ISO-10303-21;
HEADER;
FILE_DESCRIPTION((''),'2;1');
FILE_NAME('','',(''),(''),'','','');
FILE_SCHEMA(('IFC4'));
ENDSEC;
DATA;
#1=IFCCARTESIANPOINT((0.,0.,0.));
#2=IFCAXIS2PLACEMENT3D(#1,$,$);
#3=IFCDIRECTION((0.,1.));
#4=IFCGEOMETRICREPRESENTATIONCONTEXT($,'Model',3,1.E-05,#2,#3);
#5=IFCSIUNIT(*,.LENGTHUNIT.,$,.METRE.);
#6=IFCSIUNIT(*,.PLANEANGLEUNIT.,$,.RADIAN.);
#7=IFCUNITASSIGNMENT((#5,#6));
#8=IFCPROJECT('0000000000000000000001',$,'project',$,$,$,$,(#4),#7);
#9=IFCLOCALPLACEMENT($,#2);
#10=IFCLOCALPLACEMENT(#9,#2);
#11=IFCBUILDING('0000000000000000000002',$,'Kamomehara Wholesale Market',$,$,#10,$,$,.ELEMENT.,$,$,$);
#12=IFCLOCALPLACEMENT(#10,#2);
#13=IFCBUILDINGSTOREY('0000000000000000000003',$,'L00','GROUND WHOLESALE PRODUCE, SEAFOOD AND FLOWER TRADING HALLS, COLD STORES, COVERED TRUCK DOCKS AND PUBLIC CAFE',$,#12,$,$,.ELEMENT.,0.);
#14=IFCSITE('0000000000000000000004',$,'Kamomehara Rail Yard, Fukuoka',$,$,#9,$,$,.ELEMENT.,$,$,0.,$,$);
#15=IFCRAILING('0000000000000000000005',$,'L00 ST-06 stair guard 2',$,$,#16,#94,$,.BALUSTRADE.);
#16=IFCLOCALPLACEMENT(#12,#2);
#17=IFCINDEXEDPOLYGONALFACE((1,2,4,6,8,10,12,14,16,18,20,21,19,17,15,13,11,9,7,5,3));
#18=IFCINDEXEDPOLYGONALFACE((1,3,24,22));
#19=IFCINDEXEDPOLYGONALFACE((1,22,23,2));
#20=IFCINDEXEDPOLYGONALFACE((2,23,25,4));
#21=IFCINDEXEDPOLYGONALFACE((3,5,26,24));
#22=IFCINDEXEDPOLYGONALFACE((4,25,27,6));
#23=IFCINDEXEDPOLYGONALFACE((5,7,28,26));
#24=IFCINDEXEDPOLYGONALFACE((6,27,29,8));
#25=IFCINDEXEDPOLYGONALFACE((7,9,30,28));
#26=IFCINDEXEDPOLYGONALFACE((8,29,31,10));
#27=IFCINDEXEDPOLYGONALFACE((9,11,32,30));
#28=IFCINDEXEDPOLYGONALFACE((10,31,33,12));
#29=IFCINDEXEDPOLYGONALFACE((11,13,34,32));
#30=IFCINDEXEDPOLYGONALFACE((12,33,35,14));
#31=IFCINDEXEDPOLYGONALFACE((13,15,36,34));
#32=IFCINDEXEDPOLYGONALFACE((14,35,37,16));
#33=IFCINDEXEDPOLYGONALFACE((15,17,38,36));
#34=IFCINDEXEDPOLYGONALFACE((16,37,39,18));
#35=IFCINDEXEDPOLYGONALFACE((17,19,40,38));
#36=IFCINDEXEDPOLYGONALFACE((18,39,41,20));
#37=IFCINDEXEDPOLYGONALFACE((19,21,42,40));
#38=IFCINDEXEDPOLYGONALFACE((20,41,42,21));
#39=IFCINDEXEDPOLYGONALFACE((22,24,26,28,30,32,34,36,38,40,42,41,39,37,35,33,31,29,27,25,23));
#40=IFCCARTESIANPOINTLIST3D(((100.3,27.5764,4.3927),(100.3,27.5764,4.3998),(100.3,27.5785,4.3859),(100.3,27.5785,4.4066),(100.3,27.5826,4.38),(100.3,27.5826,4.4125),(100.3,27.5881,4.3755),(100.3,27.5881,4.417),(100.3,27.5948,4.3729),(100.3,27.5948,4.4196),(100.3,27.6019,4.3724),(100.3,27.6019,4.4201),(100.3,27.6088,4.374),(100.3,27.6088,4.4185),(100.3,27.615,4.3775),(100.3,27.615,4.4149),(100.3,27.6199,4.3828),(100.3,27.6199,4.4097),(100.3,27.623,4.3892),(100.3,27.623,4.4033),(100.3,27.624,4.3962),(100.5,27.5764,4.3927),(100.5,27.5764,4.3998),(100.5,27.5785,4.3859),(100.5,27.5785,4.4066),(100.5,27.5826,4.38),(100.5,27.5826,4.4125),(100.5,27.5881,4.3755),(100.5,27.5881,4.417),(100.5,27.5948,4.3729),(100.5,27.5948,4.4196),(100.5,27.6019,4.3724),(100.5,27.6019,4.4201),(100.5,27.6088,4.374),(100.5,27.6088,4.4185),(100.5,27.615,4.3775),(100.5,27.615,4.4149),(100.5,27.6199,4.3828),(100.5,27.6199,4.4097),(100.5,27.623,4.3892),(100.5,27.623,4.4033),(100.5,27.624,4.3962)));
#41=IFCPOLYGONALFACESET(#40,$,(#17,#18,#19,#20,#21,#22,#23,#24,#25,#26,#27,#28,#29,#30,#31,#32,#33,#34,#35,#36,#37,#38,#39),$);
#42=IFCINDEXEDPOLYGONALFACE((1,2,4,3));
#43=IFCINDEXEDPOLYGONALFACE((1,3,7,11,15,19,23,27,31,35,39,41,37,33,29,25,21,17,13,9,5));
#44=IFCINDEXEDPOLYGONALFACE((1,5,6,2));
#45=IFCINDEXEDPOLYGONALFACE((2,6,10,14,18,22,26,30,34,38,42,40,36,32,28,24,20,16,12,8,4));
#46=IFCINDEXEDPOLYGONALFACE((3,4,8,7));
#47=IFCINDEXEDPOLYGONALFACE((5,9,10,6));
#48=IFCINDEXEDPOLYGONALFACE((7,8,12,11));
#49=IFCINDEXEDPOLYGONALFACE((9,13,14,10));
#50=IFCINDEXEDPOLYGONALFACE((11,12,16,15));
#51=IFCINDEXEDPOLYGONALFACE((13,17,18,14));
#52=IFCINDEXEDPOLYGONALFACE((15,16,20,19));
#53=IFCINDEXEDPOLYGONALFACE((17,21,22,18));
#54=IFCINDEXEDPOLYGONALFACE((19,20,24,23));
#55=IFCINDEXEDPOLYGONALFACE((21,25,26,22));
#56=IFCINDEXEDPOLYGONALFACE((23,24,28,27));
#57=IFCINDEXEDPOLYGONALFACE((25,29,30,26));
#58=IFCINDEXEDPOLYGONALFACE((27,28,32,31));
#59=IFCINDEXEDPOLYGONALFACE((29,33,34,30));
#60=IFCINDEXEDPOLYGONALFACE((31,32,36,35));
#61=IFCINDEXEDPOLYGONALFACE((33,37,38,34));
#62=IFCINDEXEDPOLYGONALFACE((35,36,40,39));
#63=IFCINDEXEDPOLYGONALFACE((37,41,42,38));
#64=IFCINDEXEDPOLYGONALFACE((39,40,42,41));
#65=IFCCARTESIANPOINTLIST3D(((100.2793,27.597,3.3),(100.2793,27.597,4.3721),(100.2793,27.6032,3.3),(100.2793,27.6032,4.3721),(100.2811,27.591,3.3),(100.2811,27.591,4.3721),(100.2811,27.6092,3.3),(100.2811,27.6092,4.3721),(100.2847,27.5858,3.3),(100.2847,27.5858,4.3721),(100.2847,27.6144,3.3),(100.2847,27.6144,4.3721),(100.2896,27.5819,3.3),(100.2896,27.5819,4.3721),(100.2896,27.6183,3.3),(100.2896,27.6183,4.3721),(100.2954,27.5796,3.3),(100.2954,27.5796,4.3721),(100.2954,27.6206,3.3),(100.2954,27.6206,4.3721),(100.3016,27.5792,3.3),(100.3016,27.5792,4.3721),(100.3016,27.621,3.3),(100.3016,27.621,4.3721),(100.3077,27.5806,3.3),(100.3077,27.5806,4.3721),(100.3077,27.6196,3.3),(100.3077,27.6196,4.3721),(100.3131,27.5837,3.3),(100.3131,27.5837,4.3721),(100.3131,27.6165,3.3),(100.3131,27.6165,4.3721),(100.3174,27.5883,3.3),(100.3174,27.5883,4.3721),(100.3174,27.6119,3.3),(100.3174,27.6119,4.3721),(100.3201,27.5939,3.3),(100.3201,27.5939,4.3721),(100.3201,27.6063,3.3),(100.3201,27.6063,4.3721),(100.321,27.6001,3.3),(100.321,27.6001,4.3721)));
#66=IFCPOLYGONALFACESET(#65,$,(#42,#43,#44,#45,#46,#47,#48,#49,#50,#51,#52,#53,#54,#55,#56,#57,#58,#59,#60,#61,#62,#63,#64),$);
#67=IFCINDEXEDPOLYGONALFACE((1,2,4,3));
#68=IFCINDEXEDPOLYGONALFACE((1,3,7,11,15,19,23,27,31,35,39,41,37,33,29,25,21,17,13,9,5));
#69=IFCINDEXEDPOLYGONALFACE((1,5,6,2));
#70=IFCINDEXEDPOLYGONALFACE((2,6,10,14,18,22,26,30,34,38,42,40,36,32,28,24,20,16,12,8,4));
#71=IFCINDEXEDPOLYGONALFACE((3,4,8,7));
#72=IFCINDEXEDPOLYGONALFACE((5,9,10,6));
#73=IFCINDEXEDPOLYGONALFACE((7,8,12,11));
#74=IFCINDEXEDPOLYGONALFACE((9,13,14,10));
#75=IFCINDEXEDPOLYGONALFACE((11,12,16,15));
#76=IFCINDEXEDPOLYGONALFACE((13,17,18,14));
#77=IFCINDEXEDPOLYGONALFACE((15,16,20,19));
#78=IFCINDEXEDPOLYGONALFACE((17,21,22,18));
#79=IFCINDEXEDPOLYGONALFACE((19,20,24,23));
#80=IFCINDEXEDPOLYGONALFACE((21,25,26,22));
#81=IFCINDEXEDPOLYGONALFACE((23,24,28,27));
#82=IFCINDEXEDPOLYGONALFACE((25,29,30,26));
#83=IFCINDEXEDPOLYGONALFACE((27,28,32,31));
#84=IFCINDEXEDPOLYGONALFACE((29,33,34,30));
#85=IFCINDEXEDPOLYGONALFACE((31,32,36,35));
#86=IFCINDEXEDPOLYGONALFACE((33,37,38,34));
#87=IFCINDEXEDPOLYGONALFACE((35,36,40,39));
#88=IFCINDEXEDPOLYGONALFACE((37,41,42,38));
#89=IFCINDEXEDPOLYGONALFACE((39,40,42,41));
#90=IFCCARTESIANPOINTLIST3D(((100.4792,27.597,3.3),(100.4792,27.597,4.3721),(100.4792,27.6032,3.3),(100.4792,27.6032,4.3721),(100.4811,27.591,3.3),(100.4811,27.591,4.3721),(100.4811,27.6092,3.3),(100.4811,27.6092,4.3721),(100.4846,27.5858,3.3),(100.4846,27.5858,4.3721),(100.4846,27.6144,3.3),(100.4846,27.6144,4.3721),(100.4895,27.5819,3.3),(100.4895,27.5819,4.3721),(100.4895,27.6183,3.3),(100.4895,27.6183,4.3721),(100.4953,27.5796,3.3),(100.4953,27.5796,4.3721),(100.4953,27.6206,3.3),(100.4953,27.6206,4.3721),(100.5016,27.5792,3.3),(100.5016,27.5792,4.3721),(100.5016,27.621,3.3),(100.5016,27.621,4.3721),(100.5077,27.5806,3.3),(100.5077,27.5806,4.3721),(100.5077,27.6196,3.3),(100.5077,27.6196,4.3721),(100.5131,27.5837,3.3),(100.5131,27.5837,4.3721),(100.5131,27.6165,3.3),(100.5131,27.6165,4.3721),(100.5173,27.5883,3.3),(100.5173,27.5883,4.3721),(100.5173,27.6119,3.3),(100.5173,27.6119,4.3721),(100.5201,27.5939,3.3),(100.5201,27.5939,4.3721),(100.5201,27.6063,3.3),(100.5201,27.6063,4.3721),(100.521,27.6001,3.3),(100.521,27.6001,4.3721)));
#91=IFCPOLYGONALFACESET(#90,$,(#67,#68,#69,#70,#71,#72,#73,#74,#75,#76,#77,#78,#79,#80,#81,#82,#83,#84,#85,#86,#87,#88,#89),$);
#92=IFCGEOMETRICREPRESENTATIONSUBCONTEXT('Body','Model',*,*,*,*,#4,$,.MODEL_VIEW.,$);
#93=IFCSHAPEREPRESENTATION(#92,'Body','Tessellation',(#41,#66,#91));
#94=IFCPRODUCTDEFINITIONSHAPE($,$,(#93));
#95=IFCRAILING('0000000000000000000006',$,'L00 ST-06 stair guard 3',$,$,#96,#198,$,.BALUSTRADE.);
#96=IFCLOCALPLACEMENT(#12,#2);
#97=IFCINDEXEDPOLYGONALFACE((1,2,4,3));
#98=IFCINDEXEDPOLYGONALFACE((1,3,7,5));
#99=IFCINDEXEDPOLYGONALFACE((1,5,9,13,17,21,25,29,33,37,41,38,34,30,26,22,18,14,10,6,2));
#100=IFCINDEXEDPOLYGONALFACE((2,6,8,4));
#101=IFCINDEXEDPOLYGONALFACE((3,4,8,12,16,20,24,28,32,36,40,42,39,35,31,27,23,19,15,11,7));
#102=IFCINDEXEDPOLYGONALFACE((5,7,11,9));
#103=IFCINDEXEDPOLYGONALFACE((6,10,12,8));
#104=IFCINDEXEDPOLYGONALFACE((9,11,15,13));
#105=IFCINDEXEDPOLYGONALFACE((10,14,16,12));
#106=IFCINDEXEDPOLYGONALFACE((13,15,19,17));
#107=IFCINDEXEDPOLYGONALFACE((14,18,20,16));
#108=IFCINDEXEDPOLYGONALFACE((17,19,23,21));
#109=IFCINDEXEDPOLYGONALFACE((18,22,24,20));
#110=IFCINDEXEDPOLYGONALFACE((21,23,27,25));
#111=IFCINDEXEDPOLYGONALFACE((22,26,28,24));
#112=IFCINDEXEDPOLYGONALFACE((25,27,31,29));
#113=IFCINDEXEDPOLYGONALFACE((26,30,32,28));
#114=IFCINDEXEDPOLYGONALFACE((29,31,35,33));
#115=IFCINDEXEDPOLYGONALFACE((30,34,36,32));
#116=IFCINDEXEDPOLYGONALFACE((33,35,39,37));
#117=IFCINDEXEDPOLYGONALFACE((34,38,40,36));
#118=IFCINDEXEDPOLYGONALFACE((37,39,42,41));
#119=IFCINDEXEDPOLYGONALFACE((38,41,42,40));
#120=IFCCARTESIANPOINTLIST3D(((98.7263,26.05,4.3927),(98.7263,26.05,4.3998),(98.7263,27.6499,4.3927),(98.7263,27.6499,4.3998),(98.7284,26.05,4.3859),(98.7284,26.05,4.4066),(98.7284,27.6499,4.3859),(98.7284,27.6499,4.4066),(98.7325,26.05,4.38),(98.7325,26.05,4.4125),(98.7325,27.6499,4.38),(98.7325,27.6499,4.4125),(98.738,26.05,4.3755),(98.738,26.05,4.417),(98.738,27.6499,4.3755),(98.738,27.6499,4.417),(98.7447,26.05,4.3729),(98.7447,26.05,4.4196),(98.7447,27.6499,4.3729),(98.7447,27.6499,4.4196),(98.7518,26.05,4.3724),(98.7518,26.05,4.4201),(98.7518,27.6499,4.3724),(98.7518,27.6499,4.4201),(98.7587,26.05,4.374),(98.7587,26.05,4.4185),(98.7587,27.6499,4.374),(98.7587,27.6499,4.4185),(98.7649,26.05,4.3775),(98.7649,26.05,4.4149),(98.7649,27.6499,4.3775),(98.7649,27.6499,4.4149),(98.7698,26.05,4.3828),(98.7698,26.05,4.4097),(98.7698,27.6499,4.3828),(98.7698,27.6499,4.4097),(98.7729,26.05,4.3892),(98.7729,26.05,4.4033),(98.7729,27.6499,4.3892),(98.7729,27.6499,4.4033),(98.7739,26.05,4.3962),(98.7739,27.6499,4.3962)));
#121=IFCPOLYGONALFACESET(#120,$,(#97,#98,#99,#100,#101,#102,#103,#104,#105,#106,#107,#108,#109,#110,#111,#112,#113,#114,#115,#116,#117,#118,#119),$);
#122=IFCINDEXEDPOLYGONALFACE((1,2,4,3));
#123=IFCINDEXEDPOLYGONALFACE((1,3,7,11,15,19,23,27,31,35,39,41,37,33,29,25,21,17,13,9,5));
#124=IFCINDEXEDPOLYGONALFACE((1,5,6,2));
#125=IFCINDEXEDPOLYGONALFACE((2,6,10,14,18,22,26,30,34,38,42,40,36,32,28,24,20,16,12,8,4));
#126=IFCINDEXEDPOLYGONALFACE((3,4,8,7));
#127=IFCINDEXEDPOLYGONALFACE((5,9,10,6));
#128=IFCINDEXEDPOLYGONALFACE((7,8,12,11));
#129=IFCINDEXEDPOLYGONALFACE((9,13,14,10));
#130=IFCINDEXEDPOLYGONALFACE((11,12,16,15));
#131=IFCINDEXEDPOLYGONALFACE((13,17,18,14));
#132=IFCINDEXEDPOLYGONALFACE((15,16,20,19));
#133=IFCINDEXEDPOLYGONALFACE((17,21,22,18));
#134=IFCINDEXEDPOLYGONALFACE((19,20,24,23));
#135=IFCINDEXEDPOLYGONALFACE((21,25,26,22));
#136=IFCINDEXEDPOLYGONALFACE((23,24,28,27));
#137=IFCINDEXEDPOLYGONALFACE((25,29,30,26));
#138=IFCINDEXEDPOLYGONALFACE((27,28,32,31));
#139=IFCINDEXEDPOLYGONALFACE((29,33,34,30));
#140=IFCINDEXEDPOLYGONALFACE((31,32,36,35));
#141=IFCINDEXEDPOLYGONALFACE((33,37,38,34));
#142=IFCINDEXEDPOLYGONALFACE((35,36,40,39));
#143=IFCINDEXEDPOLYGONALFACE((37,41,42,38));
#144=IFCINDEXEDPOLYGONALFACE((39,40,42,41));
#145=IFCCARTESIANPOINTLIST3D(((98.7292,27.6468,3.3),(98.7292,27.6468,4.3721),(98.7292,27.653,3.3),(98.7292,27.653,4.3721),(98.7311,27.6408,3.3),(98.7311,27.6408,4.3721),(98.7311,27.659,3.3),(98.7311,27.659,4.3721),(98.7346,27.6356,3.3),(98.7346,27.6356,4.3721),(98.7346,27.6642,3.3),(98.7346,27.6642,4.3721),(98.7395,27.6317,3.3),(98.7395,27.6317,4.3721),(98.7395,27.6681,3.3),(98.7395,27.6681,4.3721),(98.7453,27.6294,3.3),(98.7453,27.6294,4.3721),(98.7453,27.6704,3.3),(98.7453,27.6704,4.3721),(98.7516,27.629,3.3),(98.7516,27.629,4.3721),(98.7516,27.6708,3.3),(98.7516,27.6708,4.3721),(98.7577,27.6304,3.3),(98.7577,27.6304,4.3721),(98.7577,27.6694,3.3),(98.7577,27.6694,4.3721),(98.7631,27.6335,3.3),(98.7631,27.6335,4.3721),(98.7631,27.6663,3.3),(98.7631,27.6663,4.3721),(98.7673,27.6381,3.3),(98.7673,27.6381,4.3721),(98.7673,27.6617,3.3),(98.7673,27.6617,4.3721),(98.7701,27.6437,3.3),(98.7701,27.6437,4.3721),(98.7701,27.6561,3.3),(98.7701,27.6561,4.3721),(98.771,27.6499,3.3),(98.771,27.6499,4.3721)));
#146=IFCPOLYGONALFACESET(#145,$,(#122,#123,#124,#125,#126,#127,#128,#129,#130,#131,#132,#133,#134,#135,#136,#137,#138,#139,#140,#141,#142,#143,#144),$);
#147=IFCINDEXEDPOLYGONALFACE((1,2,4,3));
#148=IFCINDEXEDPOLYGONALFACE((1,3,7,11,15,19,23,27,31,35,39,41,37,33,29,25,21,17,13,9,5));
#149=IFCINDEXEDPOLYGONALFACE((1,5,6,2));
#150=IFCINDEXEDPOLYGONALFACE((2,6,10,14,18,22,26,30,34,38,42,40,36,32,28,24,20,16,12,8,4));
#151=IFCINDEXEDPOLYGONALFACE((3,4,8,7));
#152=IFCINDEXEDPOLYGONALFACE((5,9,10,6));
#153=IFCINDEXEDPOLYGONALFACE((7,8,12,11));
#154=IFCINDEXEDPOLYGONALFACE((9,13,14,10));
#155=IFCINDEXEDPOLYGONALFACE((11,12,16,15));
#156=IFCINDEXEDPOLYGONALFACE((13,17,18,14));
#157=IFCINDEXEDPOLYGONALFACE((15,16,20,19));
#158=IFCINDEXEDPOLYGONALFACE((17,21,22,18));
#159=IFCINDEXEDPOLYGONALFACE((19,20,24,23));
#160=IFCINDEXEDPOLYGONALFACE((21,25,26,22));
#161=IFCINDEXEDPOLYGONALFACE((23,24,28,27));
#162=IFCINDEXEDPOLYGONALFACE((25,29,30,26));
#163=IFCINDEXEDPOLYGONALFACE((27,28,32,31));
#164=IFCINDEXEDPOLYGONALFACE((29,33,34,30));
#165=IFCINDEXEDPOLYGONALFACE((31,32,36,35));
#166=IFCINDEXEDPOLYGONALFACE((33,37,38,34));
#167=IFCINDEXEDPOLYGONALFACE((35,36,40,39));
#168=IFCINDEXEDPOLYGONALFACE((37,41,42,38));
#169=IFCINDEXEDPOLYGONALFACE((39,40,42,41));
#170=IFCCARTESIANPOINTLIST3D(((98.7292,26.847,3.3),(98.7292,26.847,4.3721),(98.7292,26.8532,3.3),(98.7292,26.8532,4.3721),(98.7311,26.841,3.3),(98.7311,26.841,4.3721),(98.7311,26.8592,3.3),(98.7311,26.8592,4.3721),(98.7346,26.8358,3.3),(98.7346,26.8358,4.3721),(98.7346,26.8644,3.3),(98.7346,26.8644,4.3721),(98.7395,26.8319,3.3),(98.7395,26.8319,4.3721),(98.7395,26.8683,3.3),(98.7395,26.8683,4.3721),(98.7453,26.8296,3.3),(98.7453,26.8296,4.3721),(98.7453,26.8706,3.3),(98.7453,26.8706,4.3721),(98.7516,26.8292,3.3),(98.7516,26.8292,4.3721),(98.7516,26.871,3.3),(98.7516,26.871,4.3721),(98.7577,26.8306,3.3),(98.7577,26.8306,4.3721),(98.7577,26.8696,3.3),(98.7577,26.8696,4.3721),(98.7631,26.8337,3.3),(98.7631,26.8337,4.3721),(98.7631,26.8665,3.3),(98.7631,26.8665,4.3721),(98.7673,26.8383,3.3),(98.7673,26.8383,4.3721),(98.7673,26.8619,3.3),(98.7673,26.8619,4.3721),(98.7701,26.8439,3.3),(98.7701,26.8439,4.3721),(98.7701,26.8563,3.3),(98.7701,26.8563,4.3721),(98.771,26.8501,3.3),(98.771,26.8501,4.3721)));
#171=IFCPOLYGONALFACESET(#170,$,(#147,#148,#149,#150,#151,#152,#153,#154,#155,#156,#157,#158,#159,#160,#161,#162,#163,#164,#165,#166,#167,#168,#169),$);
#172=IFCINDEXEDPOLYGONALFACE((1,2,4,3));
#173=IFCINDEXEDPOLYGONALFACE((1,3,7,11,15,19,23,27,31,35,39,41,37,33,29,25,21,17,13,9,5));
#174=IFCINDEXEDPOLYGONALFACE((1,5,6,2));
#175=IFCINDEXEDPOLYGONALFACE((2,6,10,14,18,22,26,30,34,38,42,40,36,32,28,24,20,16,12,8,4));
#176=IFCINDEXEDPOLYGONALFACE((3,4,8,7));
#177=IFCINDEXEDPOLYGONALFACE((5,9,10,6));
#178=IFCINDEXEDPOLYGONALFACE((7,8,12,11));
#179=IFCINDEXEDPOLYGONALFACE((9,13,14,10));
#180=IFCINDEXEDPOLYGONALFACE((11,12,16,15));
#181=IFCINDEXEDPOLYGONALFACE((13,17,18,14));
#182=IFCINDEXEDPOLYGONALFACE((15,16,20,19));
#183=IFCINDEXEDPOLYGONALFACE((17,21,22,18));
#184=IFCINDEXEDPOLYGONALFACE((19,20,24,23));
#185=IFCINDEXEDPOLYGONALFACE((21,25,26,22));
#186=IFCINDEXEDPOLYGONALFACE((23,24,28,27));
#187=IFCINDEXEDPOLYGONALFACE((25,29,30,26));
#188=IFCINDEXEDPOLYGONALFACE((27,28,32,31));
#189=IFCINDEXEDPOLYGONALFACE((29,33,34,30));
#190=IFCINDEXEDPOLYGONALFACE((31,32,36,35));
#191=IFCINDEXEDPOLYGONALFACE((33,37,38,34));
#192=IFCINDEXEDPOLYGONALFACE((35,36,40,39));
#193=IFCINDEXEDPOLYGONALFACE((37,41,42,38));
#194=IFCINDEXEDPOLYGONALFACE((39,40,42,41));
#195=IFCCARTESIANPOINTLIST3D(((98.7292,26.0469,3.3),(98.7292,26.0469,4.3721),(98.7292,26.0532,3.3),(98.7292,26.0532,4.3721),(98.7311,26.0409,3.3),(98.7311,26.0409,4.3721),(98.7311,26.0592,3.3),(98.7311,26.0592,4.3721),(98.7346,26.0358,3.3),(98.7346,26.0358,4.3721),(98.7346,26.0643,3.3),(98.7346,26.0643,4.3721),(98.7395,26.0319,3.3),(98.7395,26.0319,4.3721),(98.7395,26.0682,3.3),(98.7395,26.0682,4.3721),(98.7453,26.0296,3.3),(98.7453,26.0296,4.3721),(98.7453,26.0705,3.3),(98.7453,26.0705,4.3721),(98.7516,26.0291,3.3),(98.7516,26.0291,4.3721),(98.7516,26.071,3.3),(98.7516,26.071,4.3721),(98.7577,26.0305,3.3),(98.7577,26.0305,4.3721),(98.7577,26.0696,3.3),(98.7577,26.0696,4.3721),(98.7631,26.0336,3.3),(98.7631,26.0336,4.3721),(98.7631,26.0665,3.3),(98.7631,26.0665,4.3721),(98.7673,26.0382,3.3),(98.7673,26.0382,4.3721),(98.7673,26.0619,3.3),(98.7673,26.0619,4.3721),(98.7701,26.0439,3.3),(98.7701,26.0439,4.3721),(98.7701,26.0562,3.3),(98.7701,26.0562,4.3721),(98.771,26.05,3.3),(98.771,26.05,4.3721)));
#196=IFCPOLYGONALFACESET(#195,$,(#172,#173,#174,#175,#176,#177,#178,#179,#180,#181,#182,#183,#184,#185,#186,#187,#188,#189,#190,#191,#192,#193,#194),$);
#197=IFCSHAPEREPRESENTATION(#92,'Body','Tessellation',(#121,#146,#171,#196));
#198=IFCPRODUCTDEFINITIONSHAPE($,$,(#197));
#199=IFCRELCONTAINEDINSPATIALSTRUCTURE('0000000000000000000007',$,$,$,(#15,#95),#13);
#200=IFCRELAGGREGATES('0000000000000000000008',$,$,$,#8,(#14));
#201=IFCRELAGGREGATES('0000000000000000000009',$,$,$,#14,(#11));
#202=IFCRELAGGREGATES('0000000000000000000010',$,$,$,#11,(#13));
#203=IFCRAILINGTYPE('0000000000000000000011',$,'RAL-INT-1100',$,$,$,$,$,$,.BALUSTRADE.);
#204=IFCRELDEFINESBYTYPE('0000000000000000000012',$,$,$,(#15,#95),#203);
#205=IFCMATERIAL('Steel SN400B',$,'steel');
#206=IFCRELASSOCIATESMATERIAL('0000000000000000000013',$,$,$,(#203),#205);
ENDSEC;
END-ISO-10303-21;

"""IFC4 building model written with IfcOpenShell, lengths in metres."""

from ifc_helpers import new_model, si_unit, direction, frame, origin, origin_2d, place, context, subcontext, project, spatial, circle, extrude, material, type_object, element, save


model = new_model("IFC4")

# Units and contexts
model_context = context("Model", 3, precision=1e-05, world=origin(), true_north=direction((0.0, 1.0)))
body_context = subcontext(model_context, "Body", "Model", "MODEL_VIEW")
ifc_project = project(units=[si_unit("LENGTHUNIT", "METRE"), si_unit("PLANEANGLEUNIT", "RADIAN")], contexts=[model_context])

# Site, building, storey
site_placement = place(None, origin())
site = spatial("IfcSite", under=ifc_project, at=site_placement, Name="Kamomehara Rail Yard, Fukuoka", CompositionType="ELEMENT", RefElevation=0.0)
building_placement = place(site_placement, origin())
building = spatial("IfcBuilding", under=site, at=building_placement, Name="Kamomehara Wholesale Market", CompositionType="ELEMENT")
storey_placement = place(building_placement, origin())
storey = spatial("IfcBuildingStorey", under=building, at=storey_placement, Name="L00", Description="GROUND WHOLESALE PRODUCE, SEAFOOD AND FLOWER TRADING HALLS, COLD STORES, COVERED TRUCK DOCKS AND PUBLIC CAFE", CompositionType="ELEMENT", Elevation=0.0)

# Railings
ifc_material_1 = material(Name="Steel SN400B", Category="steel")
railing_type_1 = type_object("IfcRailingType", Name="RAL-INT-1100", PredefinedType="BALUSTRADE", material=ifc_material_1)
railing_1_placement = place(storey_placement, frame((100.3, 27.6001, 3.3)))
element("IfcRailing", 1, at=railing_1_placement, inside=storey, type_object=railing_type_1, Name="L00 ST-06 stair guard 2", PredefinedType="BALUSTRADE", context=body_context, shape_type="SweptSolid", body=[
    extrude(circle(Radius=0.0239, at=origin_2d()), frame((0.0, 0.0, 1.0962), z_axis=(1.0, 0.0, 0.0), x_axis=(0.0, 1.0, 0.0)), (0.0, 0.0, 1.0), 0.2),
    extrude(circle(Radius=0.021, at=origin_2d()), origin(), (0.0, 0.0, 1.0), 1.072),
    extrude(circle(Radius=0.021, at=origin_2d()), frame((0.2, 0.0, 0.0)), (0.0, 0.0, 1.0), 1.072),
])
for number, where, name in (
    (2, (98.75, 27.6499, 3.3), "L00 ST-06 stair guard 3"),
):
    element("IfcRailing", number, at=place(storey_placement, frame(where)), inside=storey, type_object=railing_type_1, Name=name, PredefinedType="BALUSTRADE", context=body_context, shape_type="SweptSolid", body=[
        extrude(circle(Radius=0.0239, at=origin_2d()), frame((0.0, 0.0, 1.0962), z_axis=(0.0, -1.0, 0.0), x_axis=(1.0, 0.0, 0.0)), (0.0, 0.0, 1.0), 1.5999),
        extrude(circle(Radius=0.021, at=origin_2d()), origin(), (0.0, 0.0, 1.0), 1.072),
        extrude(circle(Radius=0.021, at=origin_2d()), frame((0.0, -0.7998, 0.0)), (0.0, 0.0, 1.0), 1.072),
        extrude(circle(Radius=0.021, at=origin_2d()), frame((0.0, -1.5999, 0.0)), (0.0, 0.0, 1.0), 1.072),
    ])

save(model, "model.ifc")
